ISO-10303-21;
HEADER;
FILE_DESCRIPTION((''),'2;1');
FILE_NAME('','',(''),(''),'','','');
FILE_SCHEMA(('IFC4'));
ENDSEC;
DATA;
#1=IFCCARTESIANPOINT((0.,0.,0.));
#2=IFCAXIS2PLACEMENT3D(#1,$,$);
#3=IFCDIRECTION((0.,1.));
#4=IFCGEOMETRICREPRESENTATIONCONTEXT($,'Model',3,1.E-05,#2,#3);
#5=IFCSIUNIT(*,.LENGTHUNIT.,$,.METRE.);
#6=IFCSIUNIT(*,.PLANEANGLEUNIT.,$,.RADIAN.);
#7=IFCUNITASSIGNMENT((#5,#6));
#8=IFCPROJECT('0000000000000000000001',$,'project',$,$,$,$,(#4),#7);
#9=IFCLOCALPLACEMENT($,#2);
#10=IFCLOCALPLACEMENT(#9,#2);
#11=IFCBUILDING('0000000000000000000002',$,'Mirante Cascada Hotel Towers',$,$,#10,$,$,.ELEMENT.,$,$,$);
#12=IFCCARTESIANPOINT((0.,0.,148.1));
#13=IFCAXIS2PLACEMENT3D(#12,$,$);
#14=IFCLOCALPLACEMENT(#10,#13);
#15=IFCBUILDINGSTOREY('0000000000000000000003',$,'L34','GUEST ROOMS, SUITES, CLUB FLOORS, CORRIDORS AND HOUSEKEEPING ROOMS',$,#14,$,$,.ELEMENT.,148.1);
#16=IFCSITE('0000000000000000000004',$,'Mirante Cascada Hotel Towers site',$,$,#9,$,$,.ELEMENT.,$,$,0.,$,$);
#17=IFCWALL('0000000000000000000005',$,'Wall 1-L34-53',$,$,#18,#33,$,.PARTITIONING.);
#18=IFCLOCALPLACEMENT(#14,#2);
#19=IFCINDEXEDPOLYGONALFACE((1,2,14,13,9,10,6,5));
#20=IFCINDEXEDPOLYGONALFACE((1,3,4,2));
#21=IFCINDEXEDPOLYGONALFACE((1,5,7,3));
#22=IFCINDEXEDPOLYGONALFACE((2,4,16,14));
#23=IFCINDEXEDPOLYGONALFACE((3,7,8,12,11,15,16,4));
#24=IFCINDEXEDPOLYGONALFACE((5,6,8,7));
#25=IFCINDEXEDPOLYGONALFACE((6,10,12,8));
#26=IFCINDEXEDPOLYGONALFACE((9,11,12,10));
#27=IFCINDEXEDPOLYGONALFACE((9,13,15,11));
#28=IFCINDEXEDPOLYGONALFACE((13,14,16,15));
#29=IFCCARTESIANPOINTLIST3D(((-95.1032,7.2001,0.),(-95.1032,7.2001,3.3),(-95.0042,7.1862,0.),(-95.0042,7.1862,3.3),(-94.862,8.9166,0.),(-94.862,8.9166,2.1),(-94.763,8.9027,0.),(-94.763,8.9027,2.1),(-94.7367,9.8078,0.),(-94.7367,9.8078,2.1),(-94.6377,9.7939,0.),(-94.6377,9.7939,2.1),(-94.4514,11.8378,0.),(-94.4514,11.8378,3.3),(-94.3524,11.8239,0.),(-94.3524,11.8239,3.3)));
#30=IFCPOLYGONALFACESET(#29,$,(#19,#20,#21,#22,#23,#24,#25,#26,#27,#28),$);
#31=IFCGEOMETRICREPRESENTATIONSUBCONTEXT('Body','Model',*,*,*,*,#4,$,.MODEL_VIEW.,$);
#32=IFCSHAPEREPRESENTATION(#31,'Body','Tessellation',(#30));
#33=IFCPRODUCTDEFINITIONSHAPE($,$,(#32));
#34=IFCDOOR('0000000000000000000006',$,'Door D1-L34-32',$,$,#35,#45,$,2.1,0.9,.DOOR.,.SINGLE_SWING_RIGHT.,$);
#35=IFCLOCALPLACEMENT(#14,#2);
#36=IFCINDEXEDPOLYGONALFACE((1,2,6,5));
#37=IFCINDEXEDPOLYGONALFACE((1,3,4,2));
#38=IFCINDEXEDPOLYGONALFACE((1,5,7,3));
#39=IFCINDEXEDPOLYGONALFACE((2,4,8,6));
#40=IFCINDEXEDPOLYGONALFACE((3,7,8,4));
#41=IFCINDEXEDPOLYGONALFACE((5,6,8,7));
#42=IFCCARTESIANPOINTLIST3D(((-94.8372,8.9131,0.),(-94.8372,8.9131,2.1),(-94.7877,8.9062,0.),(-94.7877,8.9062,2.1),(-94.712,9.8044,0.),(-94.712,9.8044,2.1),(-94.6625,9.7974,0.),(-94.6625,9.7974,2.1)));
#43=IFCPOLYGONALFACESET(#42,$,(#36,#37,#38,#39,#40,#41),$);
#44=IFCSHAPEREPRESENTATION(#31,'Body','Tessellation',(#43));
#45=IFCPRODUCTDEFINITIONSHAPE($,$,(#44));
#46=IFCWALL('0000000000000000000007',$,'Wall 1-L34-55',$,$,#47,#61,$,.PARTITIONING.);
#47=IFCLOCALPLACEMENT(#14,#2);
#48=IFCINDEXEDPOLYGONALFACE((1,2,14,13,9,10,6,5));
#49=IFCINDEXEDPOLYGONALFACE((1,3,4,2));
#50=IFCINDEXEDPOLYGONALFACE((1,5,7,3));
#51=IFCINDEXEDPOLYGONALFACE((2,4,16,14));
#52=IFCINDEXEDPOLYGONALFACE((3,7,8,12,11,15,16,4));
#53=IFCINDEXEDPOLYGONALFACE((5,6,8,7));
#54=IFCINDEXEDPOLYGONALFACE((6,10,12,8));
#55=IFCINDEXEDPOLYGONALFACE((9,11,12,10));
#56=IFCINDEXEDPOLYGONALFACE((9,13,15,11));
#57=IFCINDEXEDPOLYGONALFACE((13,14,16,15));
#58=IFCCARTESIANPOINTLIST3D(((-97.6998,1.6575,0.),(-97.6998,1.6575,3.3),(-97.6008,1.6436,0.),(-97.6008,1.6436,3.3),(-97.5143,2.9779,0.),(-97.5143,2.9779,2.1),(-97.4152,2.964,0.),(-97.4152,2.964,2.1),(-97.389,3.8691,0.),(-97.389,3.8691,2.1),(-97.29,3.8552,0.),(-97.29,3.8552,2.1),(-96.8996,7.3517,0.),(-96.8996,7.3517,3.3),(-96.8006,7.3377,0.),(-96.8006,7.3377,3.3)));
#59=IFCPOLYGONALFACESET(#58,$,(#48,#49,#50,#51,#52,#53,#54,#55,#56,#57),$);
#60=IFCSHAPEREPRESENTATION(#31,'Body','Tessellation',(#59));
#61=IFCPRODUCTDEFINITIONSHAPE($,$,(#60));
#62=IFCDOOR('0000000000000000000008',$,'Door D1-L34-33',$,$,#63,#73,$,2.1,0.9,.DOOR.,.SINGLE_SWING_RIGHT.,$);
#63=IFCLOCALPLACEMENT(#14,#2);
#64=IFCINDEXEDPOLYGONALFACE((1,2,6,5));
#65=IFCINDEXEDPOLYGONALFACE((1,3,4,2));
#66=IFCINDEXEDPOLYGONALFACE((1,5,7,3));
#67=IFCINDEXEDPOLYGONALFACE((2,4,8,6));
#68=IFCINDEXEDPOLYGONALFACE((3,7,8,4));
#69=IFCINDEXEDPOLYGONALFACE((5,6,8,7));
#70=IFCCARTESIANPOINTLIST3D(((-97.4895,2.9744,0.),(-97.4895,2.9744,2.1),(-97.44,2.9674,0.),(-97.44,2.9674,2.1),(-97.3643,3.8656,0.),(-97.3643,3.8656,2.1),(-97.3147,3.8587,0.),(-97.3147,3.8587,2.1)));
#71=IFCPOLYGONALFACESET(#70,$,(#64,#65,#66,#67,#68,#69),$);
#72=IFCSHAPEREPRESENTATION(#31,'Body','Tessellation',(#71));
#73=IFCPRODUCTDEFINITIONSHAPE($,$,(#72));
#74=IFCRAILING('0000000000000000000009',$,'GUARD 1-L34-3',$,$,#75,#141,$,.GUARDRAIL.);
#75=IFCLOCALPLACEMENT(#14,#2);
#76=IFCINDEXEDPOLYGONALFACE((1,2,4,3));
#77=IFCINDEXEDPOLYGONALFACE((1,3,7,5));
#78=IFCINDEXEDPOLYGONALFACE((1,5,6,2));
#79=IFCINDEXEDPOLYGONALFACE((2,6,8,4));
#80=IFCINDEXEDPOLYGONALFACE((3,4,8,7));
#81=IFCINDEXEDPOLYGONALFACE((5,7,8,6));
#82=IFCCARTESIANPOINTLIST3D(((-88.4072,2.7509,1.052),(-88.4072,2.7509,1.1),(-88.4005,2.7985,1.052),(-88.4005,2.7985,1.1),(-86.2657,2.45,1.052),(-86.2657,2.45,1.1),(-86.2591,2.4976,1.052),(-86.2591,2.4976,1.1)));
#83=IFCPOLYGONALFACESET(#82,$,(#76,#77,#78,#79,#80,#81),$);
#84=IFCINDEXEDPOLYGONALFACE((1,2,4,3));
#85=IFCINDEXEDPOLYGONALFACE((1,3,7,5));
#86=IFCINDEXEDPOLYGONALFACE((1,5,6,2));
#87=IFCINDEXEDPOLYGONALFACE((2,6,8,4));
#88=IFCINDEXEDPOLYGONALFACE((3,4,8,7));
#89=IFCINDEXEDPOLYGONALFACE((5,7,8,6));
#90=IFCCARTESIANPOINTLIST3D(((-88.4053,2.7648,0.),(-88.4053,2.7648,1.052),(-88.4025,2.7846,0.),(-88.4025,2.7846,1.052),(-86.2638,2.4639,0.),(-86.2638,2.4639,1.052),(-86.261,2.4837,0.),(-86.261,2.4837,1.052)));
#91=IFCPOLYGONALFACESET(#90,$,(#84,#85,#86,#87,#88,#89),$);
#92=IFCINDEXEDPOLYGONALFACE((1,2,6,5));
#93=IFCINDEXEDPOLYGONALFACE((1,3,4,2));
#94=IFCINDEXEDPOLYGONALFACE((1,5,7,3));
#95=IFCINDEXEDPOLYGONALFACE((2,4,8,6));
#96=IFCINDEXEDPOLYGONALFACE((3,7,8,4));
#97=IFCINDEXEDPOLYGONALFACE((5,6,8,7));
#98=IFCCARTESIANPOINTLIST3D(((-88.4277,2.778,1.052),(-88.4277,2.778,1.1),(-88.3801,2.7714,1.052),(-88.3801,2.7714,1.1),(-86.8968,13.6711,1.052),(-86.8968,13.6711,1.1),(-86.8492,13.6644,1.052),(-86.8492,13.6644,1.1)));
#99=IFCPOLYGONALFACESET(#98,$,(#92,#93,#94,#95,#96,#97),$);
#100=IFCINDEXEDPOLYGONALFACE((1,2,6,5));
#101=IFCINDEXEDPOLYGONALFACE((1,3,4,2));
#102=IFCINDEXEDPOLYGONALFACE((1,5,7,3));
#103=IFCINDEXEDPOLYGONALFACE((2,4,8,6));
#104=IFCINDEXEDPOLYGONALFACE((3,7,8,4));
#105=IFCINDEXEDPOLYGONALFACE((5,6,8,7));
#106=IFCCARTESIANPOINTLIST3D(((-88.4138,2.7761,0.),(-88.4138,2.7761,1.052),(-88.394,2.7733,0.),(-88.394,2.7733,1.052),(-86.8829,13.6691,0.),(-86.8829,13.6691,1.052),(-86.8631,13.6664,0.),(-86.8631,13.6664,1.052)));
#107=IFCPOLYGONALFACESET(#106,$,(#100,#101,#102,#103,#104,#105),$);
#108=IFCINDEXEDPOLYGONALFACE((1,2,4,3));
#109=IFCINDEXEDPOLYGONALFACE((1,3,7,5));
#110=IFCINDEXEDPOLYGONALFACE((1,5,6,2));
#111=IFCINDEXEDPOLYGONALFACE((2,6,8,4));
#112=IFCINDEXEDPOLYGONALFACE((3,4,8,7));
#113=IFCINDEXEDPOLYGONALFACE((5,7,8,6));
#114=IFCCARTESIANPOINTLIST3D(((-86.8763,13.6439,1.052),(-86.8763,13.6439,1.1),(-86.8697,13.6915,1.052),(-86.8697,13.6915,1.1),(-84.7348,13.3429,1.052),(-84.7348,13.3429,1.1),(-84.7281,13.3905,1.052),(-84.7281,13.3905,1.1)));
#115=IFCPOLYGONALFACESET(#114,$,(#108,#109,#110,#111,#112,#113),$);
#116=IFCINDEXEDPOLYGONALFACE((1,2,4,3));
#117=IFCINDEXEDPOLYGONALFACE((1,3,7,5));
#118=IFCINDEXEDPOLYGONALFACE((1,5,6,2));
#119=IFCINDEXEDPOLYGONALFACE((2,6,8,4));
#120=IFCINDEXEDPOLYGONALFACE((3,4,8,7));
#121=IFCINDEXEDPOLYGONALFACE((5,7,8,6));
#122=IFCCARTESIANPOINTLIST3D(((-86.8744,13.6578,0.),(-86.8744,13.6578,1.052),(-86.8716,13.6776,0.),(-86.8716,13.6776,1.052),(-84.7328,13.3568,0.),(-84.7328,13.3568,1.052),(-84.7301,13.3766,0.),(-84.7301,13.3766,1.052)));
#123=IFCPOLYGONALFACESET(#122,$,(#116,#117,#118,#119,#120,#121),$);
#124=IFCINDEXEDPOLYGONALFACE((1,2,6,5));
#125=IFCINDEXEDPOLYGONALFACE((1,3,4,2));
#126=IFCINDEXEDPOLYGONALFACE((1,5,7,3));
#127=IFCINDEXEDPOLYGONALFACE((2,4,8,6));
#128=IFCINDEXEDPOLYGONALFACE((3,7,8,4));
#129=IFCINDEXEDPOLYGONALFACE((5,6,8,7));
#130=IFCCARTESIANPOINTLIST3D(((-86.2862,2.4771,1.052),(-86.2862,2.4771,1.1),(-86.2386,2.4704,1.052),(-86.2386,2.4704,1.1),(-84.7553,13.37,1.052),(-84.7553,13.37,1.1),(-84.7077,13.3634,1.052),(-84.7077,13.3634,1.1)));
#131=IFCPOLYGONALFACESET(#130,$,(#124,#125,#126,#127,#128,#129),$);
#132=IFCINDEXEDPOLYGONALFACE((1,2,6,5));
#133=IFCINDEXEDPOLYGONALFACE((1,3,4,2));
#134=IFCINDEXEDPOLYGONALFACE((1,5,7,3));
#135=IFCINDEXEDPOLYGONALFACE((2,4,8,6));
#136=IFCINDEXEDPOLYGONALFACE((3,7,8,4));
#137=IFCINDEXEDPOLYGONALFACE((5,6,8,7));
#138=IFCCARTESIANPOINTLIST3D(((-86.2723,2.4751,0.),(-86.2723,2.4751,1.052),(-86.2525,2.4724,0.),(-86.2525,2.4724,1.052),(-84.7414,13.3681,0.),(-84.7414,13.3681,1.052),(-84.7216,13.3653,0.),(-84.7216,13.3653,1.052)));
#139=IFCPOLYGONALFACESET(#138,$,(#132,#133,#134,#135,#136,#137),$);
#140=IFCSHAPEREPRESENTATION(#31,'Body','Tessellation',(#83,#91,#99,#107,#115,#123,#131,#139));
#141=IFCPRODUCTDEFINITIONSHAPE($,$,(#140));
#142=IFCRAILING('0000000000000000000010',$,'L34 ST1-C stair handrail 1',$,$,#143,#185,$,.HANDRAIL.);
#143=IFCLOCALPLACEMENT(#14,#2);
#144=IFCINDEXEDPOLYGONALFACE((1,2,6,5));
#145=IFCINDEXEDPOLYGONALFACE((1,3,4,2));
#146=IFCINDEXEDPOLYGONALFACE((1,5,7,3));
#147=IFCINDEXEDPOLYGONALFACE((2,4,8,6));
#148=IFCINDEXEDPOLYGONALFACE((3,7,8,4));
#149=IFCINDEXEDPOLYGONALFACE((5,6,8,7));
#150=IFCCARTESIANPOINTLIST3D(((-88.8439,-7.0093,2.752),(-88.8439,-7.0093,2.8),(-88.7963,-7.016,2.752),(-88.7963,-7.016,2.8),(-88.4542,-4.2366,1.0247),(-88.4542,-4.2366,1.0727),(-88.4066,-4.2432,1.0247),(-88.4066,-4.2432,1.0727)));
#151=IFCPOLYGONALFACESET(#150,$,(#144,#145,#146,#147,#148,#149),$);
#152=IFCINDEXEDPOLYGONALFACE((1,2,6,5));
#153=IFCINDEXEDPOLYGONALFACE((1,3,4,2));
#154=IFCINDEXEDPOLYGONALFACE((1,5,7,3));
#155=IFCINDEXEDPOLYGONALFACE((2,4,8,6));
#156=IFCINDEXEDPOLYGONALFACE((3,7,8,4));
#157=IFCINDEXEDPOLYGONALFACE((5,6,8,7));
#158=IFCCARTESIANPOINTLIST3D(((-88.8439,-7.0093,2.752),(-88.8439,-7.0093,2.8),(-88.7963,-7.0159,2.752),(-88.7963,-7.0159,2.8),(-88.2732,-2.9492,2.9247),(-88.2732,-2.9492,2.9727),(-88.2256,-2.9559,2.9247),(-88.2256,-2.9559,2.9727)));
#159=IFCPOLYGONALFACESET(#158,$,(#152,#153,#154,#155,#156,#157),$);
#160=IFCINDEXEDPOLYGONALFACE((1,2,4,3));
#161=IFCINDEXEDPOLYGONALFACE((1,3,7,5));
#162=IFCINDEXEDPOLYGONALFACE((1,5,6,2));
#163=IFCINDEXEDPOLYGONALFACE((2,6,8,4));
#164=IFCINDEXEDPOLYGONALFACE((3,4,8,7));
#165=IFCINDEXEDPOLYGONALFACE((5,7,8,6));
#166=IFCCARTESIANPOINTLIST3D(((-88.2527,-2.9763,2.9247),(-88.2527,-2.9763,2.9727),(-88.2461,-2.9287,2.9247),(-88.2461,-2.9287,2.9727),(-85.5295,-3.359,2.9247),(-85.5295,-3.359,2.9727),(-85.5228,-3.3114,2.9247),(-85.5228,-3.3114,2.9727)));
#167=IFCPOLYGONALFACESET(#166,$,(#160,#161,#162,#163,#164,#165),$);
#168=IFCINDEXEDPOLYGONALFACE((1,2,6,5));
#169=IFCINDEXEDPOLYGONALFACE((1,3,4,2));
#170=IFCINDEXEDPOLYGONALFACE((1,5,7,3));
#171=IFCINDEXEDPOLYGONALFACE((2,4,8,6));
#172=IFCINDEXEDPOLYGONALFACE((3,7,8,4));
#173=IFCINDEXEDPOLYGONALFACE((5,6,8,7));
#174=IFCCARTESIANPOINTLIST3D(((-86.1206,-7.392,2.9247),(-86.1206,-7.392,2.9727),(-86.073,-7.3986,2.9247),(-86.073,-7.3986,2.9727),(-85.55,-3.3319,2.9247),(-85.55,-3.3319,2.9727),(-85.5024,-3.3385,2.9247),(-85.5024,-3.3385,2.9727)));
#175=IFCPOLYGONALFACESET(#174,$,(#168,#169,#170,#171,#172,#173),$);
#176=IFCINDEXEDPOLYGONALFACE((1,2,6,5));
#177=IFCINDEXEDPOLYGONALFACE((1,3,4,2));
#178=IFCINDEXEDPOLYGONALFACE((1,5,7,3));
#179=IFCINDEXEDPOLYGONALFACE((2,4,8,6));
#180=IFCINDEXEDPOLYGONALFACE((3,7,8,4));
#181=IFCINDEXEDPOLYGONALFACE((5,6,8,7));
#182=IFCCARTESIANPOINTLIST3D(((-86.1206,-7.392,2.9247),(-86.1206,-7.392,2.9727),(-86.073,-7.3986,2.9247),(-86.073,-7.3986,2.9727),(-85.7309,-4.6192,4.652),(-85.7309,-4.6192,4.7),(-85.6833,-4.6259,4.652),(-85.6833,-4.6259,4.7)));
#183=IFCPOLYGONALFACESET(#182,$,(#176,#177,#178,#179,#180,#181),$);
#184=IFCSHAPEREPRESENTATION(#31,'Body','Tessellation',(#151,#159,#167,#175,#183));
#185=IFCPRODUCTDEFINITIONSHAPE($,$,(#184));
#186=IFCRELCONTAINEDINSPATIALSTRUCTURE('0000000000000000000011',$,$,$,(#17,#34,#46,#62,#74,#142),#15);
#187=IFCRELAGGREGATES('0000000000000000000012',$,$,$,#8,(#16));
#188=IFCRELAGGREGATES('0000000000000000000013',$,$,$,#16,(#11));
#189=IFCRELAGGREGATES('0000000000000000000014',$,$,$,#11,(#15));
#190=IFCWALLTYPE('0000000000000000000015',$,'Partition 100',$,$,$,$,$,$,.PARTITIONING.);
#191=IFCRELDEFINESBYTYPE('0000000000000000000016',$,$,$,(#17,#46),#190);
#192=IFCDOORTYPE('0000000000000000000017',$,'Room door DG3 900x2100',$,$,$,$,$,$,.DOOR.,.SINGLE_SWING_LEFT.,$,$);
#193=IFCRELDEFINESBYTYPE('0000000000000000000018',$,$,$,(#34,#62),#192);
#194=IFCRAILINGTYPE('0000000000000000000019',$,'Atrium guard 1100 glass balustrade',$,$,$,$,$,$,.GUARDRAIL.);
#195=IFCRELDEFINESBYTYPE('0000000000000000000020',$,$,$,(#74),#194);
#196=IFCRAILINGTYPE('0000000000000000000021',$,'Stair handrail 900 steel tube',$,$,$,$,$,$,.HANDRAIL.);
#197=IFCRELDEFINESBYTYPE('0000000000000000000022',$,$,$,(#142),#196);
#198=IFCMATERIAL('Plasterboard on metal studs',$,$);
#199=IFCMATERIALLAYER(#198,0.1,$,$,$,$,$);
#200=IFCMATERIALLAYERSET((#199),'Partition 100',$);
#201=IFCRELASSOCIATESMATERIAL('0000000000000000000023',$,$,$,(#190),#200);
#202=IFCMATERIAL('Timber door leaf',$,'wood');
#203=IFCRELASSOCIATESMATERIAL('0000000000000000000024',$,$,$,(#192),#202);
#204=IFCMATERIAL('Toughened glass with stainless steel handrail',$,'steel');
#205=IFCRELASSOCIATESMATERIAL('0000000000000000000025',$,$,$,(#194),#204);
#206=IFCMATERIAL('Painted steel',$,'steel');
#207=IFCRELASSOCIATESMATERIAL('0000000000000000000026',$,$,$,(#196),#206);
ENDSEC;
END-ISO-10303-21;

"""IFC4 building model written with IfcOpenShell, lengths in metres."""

from ifc_helpers import new_model, si_unit, direction, frame, frame_2d, origin, origin_2d, place, context, subcontext, project, spatial, rectangle, extrude, material, layer, layer_set, type_object, element, fill, save


model = new_model("IFC4")

# Units and contexts
model_context = context("Model", 3, precision=1e-05, world=origin(), true_north=direction((0.0, 1.0)))
body_context = subcontext(model_context, "Body", "Model", "MODEL_VIEW")
ifc_project = project(units=[si_unit("LENGTHUNIT", "METRE"), si_unit("PLANEANGLEUNIT", "RADIAN")], contexts=[model_context])

# Site, building, storey
site_placement = place(None, origin())
site = spatial("IfcSite", under=ifc_project, at=site_placement, Name="Mirante Cascada Hotel Towers site", CompositionType="ELEMENT", RefElevation=0.0)
building_placement = place(site_placement, origin())
building = spatial("IfcBuilding", under=site, at=building_placement, Name="Mirante Cascada Hotel Towers", CompositionType="ELEMENT")
storey_placement = place(building_placement, frame((0.0, 0.0, 148.1)))
storey = spatial("IfcBuildingStorey", under=building, at=storey_placement, Name="L34", Description="GUEST ROOMS, SUITES, CLUB FLOORS, CORRIDORS AND HOUSEKEEPING ROOMS", CompositionType="ELEMENT", Elevation=148.1)

# Shared definitions
ifc_material_1 = material(Name="Plasterboard on metal studs")
ifc_layer_1 = layer(ifc_material_1, 0.1)
ifc_layer_set_1 = layer_set([ifc_layer_1], Name="Partition 100")
wall_type_1 = type_object("IfcWallType", Name="Partition 100", PredefinedType="PARTITIONING", material=ifc_layer_set_1)

# Walls, openings, doors
wall_1_placement = place(storey_placement, frame((-95.0537, 7.1932, 0.0), z_axis=(0.0, 0.0, 1.0), x_axis=(0.139176, 0.990268, 0.0)))
wall_1 = element("IfcWall", 1, at=wall_1_placement, inside=storey, type_object=wall_type_1, Name="Wall 1-L34-53", PredefinedType="PARTITIONING", context=body_context, shape_type="SweptSolid", body=[
    extrude(rectangle(XDim=4.6833, YDim=0.1, at=frame_2d((2.3416, 0.0))), origin(), (0.0, 0.0, 1.0), 3.3),
])
opening_1_placement = place(wall_1_placement, frame((1.7333, 0.0, 0.0)))
opening_1 = element("IfcOpeningElement", 2, at=opening_1_placement, cuts=wall_1, PredefinedType="OPENING", context=body_context, shape_type="SweptSolid", body=[
    extrude(rectangle(XDim=0.9, YDim=2.1, at=frame_2d((0.45, 1.05))), frame((0.0, 0.05, 0.0), z_axis=(0.0, -1.0, 0.0), x_axis=(1.0, 0.0, 0.0)), (0.0, 0.0, 1.0), 0.1),
])
ifc_material_2 = material(Name="Timber door leaf", Category="wood")
door_type_1 = type_object("IfcDoorType", Name="Room door DG3 900x2100", OperationType="SINGLE_SWING_LEFT", PredefinedType="DOOR", material=ifc_material_2)
door_1_placement = place(opening_1_placement, frame((0.9, 0.0, 0.0), z_axis=(0.0, 0.0, 1.0), x_axis=(-1.0, 0.0, 0.0)))
door_1 = element("IfcDoor", 3, at=door_1_placement, inside=storey, type_object=door_type_1, Name="Door D1-L34-32", OperationType="SINGLE_SWING_RIGHT", OverallHeight=2.1, OverallWidth=0.9, PredefinedType="DOOR", context=body_context, shape_type="SweptSolid", body=[
    extrude(rectangle(XDim=0.9, YDim=2.1, at=frame_2d((0.45, 1.05))), frame((0.0, 0.025, 0.0), z_axis=(0.0, -1.0, 0.0), x_axis=(1.0, 0.0, 0.0)), (0.0, 0.0, 1.0), 0.05),
])
fill(opening_1, door_1)
wall_2_placement = place(storey_placement, frame((-97.6503, 1.6506, 0.0), z_axis=(0.0, 0.0, 1.0), x_axis=(0.139164, 0.990269, 0.0)))
wall_2 = element("IfcWall", 4, at=wall_2_placement, inside=storey, type_object=wall_type_1, Name="Wall 1-L34-55", PredefinedType="PARTITIONING", context=body_context, shape_type="SweptSolid", body=[
    extrude(rectangle(XDim=5.7501, YDim=0.1, at=frame_2d((2.875, 0.0))), origin(), (0.0, 0.0, 1.0), 3.3),
])
opening_2_placement = place(wall_2_placement, frame((1.3333, 0.0, 0.0)))
opening_2 = element("IfcOpeningElement", 5, at=opening_2_placement, cuts=wall_2, PredefinedType="OPENING", context=body_context, shape_type="SweptSolid", body=[
    extrude(rectangle(XDim=0.9, YDim=2.1, at=frame_2d((0.45, 1.05))), frame((0.0, 0.05, 0.0), z_axis=(0.0, -1.0, 0.0), x_axis=(1.0, 0.0, 0.0)), (0.0, 0.0, 1.0), 0.1),
])
door_2_placement = place(opening_2_placement, frame((0.9, 0.0, 0.0), z_axis=(0.0, 0.0, 1.0), x_axis=(-1.0, 0.0, 0.0)))
door_2 = element("IfcDoor", 6, at=door_2_placement, inside=storey, type_object=door_type_1, Name="Door D1-L34-33", OperationType="SINGLE_SWING_RIGHT", OverallHeight=2.1, OverallWidth=0.9, PredefinedType="DOOR", context=body_context, shape_type="SweptSolid", body=[
    extrude(rectangle(XDim=0.9, YDim=2.1, at=frame_2d((0.45, 1.05))), frame((0.0, 0.025, 0.0), z_axis=(0.0, -1.0, 0.0), x_axis=(1.0, 0.0, 0.0)), (0.0, 0.0, 1.0), 0.05),
])
fill(opening_2, door_2)

# Railings
ifc_material_3 = material(Name="Toughened glass with stainless steel handrail", Category="steel")
railing_type_1 = type_object("IfcRailingType", Name="Atrium guard 1100 glass balustrade", PredefinedType="GUARDRAIL", material=ifc_material_3)
railing_1_placement = place(storey_placement, frame((-86.2624, 2.4738, 0.0)))
element("IfcRailing", 7, at=railing_1_placement, inside=storey, type_object=railing_type_1, Name="GUARD 1-L34-3", PredefinedType="GUARDRAIL", context=body_context, shape_type="SweptSolid", body=[
    extrude(rectangle(XDim=0.048, YDim=0.048, at=origin_2d()), frame((0.0, 0.0, 1.076), z_axis=(-0.990272, 0.139142, 0.0), x_axis=(-0.139142, -0.990272, 0.0)), (0.0, 0.0, 1.0), 2.1625),
    extrude(rectangle(XDim=0.02, YDim=1.052, at=origin_2d()), frame((0.0, 0.0, 0.526), z_axis=(-0.990272, 0.139142, 0.0), x_axis=(-0.139142, -0.990272, 0.0)), (0.0, 0.0, 1.0), 2.1625),
    extrude(rectangle(XDim=0.048, YDim=0.048, at=origin_2d()), frame((-2.1415, 0.3009, 1.076), z_axis=(0.139172, 0.990268, 0.0), x_axis=(-0.990268, 0.139172, 0.0)), (0.0, 0.0, 1.0), 11.0001),
    extrude(rectangle(XDim=0.02, YDim=1.052, at=origin_2d()), frame((-2.1415, 0.3009, 0.526), z_axis=(0.139172, 0.990268, 0.0), x_axis=(-0.990268, 0.139172, 0.0)), (0.0, 0.0, 1.0), 11.0001),
    extrude(rectangle(XDim=0.048, YDim=0.048, at=origin_2d()), frame((-0.6106, 11.1939, 1.076), z_axis=(0.990266, -0.139187, 0.0), x_axis=(0.139187, 0.990266, 0.0)), (0.0, 0.0, 1.0), 2.1626),
    extrude(rectangle(XDim=0.02, YDim=1.052, at=origin_2d()), frame((-0.6106, 11.1939, 0.526), z_axis=(0.990266, -0.139187, 0.0), x_axis=(0.139187, 0.990266, 0.0)), (0.0, 0.0, 1.0), 2.1626),
    extrude(rectangle(XDim=0.048, YDim=0.048, at=origin_2d()), frame((1.5309, 10.8929, 1.076), z_axis=(-0.139173, -0.990268, 0.0), x_axis=(0.990268, -0.139173, 0.0)), (0.0, 0.0, 1.0), 11.0),
    extrude(rectangle(XDim=0.02, YDim=1.052, at=origin_2d()), frame((1.5309, 10.8929, 0.526), z_axis=(-0.139173, -0.990268, 0.0), x_axis=(0.990268, -0.139173, 0.0)), (0.0, 0.0, 1.0), 11.0),
])
ifc_material_4 = material(Name="Painted steel", Category="steel")
railing_type_2 = type_object("IfcRailingType", Name="Stair handrail 900 steel tube", PredefinedType="HANDRAIL", material=ifc_material_4)
railing_2_placement = place(storey_placement, frame((-88.4304, -4.2399, 0.1727)))
element("IfcRailing", 8, at=railing_2_placement, inside=storey, type_object=railing_type_2, Name="L34 ST1-C stair handrail 1", PredefinedType="HANDRAIL", context=body_context, shape_type="SweptSolid", body=[
    extrude(rectangle(XDim=0.048, YDim=0.048, at=origin_2d()), frame((0.0, 0.0, 0.876), z_axis=(-0.139181, -0.990267, 0.0), x_axis=(0.990267, -0.139181, 0.0)), (0.0, 0.525035, 0.851081), 3.2899),
    extrude(rectangle(XDim=0.048, YDim=0.048, at=origin_2d()), frame((-0.3897, -2.7727, 2.6033), z_axis=(0.139195, 0.990265, 0.0), x_axis=(-0.990265, 0.139195, 0.0)), (0.0, 0.042084, 0.999114), 4.1036),
    extrude(rectangle(XDim=0.048, YDim=0.048, at=origin_2d()), frame((0.181, 1.2874, 2.776), z_axis=(0.990269, -0.139166, 0.0), x_axis=(0.139166, 0.990269, 0.0)), (0.0, 0.0, 1.0), 2.75),
    extrude(rectangle(XDim=0.048, YDim=0.048, at=origin_2d()), frame((2.9042, 0.9047, 2.776), z_axis=(-0.139171, -0.990268, 0.0), x_axis=(0.990268, -0.139171, 0.0)), (0.0, 0.0, 1.0), 4.1),
    extrude(rectangle(XDim=0.048, YDim=0.048, at=origin_2d()), frame((2.3336, -3.1554, 2.776), z_axis=(0.139181, 0.990267, 0.0), x_axis=(-0.990267, 0.139181, 0.0)), (0.0, 0.525035, 0.851081), 3.2899),
])

save(model, "model.ifc")
